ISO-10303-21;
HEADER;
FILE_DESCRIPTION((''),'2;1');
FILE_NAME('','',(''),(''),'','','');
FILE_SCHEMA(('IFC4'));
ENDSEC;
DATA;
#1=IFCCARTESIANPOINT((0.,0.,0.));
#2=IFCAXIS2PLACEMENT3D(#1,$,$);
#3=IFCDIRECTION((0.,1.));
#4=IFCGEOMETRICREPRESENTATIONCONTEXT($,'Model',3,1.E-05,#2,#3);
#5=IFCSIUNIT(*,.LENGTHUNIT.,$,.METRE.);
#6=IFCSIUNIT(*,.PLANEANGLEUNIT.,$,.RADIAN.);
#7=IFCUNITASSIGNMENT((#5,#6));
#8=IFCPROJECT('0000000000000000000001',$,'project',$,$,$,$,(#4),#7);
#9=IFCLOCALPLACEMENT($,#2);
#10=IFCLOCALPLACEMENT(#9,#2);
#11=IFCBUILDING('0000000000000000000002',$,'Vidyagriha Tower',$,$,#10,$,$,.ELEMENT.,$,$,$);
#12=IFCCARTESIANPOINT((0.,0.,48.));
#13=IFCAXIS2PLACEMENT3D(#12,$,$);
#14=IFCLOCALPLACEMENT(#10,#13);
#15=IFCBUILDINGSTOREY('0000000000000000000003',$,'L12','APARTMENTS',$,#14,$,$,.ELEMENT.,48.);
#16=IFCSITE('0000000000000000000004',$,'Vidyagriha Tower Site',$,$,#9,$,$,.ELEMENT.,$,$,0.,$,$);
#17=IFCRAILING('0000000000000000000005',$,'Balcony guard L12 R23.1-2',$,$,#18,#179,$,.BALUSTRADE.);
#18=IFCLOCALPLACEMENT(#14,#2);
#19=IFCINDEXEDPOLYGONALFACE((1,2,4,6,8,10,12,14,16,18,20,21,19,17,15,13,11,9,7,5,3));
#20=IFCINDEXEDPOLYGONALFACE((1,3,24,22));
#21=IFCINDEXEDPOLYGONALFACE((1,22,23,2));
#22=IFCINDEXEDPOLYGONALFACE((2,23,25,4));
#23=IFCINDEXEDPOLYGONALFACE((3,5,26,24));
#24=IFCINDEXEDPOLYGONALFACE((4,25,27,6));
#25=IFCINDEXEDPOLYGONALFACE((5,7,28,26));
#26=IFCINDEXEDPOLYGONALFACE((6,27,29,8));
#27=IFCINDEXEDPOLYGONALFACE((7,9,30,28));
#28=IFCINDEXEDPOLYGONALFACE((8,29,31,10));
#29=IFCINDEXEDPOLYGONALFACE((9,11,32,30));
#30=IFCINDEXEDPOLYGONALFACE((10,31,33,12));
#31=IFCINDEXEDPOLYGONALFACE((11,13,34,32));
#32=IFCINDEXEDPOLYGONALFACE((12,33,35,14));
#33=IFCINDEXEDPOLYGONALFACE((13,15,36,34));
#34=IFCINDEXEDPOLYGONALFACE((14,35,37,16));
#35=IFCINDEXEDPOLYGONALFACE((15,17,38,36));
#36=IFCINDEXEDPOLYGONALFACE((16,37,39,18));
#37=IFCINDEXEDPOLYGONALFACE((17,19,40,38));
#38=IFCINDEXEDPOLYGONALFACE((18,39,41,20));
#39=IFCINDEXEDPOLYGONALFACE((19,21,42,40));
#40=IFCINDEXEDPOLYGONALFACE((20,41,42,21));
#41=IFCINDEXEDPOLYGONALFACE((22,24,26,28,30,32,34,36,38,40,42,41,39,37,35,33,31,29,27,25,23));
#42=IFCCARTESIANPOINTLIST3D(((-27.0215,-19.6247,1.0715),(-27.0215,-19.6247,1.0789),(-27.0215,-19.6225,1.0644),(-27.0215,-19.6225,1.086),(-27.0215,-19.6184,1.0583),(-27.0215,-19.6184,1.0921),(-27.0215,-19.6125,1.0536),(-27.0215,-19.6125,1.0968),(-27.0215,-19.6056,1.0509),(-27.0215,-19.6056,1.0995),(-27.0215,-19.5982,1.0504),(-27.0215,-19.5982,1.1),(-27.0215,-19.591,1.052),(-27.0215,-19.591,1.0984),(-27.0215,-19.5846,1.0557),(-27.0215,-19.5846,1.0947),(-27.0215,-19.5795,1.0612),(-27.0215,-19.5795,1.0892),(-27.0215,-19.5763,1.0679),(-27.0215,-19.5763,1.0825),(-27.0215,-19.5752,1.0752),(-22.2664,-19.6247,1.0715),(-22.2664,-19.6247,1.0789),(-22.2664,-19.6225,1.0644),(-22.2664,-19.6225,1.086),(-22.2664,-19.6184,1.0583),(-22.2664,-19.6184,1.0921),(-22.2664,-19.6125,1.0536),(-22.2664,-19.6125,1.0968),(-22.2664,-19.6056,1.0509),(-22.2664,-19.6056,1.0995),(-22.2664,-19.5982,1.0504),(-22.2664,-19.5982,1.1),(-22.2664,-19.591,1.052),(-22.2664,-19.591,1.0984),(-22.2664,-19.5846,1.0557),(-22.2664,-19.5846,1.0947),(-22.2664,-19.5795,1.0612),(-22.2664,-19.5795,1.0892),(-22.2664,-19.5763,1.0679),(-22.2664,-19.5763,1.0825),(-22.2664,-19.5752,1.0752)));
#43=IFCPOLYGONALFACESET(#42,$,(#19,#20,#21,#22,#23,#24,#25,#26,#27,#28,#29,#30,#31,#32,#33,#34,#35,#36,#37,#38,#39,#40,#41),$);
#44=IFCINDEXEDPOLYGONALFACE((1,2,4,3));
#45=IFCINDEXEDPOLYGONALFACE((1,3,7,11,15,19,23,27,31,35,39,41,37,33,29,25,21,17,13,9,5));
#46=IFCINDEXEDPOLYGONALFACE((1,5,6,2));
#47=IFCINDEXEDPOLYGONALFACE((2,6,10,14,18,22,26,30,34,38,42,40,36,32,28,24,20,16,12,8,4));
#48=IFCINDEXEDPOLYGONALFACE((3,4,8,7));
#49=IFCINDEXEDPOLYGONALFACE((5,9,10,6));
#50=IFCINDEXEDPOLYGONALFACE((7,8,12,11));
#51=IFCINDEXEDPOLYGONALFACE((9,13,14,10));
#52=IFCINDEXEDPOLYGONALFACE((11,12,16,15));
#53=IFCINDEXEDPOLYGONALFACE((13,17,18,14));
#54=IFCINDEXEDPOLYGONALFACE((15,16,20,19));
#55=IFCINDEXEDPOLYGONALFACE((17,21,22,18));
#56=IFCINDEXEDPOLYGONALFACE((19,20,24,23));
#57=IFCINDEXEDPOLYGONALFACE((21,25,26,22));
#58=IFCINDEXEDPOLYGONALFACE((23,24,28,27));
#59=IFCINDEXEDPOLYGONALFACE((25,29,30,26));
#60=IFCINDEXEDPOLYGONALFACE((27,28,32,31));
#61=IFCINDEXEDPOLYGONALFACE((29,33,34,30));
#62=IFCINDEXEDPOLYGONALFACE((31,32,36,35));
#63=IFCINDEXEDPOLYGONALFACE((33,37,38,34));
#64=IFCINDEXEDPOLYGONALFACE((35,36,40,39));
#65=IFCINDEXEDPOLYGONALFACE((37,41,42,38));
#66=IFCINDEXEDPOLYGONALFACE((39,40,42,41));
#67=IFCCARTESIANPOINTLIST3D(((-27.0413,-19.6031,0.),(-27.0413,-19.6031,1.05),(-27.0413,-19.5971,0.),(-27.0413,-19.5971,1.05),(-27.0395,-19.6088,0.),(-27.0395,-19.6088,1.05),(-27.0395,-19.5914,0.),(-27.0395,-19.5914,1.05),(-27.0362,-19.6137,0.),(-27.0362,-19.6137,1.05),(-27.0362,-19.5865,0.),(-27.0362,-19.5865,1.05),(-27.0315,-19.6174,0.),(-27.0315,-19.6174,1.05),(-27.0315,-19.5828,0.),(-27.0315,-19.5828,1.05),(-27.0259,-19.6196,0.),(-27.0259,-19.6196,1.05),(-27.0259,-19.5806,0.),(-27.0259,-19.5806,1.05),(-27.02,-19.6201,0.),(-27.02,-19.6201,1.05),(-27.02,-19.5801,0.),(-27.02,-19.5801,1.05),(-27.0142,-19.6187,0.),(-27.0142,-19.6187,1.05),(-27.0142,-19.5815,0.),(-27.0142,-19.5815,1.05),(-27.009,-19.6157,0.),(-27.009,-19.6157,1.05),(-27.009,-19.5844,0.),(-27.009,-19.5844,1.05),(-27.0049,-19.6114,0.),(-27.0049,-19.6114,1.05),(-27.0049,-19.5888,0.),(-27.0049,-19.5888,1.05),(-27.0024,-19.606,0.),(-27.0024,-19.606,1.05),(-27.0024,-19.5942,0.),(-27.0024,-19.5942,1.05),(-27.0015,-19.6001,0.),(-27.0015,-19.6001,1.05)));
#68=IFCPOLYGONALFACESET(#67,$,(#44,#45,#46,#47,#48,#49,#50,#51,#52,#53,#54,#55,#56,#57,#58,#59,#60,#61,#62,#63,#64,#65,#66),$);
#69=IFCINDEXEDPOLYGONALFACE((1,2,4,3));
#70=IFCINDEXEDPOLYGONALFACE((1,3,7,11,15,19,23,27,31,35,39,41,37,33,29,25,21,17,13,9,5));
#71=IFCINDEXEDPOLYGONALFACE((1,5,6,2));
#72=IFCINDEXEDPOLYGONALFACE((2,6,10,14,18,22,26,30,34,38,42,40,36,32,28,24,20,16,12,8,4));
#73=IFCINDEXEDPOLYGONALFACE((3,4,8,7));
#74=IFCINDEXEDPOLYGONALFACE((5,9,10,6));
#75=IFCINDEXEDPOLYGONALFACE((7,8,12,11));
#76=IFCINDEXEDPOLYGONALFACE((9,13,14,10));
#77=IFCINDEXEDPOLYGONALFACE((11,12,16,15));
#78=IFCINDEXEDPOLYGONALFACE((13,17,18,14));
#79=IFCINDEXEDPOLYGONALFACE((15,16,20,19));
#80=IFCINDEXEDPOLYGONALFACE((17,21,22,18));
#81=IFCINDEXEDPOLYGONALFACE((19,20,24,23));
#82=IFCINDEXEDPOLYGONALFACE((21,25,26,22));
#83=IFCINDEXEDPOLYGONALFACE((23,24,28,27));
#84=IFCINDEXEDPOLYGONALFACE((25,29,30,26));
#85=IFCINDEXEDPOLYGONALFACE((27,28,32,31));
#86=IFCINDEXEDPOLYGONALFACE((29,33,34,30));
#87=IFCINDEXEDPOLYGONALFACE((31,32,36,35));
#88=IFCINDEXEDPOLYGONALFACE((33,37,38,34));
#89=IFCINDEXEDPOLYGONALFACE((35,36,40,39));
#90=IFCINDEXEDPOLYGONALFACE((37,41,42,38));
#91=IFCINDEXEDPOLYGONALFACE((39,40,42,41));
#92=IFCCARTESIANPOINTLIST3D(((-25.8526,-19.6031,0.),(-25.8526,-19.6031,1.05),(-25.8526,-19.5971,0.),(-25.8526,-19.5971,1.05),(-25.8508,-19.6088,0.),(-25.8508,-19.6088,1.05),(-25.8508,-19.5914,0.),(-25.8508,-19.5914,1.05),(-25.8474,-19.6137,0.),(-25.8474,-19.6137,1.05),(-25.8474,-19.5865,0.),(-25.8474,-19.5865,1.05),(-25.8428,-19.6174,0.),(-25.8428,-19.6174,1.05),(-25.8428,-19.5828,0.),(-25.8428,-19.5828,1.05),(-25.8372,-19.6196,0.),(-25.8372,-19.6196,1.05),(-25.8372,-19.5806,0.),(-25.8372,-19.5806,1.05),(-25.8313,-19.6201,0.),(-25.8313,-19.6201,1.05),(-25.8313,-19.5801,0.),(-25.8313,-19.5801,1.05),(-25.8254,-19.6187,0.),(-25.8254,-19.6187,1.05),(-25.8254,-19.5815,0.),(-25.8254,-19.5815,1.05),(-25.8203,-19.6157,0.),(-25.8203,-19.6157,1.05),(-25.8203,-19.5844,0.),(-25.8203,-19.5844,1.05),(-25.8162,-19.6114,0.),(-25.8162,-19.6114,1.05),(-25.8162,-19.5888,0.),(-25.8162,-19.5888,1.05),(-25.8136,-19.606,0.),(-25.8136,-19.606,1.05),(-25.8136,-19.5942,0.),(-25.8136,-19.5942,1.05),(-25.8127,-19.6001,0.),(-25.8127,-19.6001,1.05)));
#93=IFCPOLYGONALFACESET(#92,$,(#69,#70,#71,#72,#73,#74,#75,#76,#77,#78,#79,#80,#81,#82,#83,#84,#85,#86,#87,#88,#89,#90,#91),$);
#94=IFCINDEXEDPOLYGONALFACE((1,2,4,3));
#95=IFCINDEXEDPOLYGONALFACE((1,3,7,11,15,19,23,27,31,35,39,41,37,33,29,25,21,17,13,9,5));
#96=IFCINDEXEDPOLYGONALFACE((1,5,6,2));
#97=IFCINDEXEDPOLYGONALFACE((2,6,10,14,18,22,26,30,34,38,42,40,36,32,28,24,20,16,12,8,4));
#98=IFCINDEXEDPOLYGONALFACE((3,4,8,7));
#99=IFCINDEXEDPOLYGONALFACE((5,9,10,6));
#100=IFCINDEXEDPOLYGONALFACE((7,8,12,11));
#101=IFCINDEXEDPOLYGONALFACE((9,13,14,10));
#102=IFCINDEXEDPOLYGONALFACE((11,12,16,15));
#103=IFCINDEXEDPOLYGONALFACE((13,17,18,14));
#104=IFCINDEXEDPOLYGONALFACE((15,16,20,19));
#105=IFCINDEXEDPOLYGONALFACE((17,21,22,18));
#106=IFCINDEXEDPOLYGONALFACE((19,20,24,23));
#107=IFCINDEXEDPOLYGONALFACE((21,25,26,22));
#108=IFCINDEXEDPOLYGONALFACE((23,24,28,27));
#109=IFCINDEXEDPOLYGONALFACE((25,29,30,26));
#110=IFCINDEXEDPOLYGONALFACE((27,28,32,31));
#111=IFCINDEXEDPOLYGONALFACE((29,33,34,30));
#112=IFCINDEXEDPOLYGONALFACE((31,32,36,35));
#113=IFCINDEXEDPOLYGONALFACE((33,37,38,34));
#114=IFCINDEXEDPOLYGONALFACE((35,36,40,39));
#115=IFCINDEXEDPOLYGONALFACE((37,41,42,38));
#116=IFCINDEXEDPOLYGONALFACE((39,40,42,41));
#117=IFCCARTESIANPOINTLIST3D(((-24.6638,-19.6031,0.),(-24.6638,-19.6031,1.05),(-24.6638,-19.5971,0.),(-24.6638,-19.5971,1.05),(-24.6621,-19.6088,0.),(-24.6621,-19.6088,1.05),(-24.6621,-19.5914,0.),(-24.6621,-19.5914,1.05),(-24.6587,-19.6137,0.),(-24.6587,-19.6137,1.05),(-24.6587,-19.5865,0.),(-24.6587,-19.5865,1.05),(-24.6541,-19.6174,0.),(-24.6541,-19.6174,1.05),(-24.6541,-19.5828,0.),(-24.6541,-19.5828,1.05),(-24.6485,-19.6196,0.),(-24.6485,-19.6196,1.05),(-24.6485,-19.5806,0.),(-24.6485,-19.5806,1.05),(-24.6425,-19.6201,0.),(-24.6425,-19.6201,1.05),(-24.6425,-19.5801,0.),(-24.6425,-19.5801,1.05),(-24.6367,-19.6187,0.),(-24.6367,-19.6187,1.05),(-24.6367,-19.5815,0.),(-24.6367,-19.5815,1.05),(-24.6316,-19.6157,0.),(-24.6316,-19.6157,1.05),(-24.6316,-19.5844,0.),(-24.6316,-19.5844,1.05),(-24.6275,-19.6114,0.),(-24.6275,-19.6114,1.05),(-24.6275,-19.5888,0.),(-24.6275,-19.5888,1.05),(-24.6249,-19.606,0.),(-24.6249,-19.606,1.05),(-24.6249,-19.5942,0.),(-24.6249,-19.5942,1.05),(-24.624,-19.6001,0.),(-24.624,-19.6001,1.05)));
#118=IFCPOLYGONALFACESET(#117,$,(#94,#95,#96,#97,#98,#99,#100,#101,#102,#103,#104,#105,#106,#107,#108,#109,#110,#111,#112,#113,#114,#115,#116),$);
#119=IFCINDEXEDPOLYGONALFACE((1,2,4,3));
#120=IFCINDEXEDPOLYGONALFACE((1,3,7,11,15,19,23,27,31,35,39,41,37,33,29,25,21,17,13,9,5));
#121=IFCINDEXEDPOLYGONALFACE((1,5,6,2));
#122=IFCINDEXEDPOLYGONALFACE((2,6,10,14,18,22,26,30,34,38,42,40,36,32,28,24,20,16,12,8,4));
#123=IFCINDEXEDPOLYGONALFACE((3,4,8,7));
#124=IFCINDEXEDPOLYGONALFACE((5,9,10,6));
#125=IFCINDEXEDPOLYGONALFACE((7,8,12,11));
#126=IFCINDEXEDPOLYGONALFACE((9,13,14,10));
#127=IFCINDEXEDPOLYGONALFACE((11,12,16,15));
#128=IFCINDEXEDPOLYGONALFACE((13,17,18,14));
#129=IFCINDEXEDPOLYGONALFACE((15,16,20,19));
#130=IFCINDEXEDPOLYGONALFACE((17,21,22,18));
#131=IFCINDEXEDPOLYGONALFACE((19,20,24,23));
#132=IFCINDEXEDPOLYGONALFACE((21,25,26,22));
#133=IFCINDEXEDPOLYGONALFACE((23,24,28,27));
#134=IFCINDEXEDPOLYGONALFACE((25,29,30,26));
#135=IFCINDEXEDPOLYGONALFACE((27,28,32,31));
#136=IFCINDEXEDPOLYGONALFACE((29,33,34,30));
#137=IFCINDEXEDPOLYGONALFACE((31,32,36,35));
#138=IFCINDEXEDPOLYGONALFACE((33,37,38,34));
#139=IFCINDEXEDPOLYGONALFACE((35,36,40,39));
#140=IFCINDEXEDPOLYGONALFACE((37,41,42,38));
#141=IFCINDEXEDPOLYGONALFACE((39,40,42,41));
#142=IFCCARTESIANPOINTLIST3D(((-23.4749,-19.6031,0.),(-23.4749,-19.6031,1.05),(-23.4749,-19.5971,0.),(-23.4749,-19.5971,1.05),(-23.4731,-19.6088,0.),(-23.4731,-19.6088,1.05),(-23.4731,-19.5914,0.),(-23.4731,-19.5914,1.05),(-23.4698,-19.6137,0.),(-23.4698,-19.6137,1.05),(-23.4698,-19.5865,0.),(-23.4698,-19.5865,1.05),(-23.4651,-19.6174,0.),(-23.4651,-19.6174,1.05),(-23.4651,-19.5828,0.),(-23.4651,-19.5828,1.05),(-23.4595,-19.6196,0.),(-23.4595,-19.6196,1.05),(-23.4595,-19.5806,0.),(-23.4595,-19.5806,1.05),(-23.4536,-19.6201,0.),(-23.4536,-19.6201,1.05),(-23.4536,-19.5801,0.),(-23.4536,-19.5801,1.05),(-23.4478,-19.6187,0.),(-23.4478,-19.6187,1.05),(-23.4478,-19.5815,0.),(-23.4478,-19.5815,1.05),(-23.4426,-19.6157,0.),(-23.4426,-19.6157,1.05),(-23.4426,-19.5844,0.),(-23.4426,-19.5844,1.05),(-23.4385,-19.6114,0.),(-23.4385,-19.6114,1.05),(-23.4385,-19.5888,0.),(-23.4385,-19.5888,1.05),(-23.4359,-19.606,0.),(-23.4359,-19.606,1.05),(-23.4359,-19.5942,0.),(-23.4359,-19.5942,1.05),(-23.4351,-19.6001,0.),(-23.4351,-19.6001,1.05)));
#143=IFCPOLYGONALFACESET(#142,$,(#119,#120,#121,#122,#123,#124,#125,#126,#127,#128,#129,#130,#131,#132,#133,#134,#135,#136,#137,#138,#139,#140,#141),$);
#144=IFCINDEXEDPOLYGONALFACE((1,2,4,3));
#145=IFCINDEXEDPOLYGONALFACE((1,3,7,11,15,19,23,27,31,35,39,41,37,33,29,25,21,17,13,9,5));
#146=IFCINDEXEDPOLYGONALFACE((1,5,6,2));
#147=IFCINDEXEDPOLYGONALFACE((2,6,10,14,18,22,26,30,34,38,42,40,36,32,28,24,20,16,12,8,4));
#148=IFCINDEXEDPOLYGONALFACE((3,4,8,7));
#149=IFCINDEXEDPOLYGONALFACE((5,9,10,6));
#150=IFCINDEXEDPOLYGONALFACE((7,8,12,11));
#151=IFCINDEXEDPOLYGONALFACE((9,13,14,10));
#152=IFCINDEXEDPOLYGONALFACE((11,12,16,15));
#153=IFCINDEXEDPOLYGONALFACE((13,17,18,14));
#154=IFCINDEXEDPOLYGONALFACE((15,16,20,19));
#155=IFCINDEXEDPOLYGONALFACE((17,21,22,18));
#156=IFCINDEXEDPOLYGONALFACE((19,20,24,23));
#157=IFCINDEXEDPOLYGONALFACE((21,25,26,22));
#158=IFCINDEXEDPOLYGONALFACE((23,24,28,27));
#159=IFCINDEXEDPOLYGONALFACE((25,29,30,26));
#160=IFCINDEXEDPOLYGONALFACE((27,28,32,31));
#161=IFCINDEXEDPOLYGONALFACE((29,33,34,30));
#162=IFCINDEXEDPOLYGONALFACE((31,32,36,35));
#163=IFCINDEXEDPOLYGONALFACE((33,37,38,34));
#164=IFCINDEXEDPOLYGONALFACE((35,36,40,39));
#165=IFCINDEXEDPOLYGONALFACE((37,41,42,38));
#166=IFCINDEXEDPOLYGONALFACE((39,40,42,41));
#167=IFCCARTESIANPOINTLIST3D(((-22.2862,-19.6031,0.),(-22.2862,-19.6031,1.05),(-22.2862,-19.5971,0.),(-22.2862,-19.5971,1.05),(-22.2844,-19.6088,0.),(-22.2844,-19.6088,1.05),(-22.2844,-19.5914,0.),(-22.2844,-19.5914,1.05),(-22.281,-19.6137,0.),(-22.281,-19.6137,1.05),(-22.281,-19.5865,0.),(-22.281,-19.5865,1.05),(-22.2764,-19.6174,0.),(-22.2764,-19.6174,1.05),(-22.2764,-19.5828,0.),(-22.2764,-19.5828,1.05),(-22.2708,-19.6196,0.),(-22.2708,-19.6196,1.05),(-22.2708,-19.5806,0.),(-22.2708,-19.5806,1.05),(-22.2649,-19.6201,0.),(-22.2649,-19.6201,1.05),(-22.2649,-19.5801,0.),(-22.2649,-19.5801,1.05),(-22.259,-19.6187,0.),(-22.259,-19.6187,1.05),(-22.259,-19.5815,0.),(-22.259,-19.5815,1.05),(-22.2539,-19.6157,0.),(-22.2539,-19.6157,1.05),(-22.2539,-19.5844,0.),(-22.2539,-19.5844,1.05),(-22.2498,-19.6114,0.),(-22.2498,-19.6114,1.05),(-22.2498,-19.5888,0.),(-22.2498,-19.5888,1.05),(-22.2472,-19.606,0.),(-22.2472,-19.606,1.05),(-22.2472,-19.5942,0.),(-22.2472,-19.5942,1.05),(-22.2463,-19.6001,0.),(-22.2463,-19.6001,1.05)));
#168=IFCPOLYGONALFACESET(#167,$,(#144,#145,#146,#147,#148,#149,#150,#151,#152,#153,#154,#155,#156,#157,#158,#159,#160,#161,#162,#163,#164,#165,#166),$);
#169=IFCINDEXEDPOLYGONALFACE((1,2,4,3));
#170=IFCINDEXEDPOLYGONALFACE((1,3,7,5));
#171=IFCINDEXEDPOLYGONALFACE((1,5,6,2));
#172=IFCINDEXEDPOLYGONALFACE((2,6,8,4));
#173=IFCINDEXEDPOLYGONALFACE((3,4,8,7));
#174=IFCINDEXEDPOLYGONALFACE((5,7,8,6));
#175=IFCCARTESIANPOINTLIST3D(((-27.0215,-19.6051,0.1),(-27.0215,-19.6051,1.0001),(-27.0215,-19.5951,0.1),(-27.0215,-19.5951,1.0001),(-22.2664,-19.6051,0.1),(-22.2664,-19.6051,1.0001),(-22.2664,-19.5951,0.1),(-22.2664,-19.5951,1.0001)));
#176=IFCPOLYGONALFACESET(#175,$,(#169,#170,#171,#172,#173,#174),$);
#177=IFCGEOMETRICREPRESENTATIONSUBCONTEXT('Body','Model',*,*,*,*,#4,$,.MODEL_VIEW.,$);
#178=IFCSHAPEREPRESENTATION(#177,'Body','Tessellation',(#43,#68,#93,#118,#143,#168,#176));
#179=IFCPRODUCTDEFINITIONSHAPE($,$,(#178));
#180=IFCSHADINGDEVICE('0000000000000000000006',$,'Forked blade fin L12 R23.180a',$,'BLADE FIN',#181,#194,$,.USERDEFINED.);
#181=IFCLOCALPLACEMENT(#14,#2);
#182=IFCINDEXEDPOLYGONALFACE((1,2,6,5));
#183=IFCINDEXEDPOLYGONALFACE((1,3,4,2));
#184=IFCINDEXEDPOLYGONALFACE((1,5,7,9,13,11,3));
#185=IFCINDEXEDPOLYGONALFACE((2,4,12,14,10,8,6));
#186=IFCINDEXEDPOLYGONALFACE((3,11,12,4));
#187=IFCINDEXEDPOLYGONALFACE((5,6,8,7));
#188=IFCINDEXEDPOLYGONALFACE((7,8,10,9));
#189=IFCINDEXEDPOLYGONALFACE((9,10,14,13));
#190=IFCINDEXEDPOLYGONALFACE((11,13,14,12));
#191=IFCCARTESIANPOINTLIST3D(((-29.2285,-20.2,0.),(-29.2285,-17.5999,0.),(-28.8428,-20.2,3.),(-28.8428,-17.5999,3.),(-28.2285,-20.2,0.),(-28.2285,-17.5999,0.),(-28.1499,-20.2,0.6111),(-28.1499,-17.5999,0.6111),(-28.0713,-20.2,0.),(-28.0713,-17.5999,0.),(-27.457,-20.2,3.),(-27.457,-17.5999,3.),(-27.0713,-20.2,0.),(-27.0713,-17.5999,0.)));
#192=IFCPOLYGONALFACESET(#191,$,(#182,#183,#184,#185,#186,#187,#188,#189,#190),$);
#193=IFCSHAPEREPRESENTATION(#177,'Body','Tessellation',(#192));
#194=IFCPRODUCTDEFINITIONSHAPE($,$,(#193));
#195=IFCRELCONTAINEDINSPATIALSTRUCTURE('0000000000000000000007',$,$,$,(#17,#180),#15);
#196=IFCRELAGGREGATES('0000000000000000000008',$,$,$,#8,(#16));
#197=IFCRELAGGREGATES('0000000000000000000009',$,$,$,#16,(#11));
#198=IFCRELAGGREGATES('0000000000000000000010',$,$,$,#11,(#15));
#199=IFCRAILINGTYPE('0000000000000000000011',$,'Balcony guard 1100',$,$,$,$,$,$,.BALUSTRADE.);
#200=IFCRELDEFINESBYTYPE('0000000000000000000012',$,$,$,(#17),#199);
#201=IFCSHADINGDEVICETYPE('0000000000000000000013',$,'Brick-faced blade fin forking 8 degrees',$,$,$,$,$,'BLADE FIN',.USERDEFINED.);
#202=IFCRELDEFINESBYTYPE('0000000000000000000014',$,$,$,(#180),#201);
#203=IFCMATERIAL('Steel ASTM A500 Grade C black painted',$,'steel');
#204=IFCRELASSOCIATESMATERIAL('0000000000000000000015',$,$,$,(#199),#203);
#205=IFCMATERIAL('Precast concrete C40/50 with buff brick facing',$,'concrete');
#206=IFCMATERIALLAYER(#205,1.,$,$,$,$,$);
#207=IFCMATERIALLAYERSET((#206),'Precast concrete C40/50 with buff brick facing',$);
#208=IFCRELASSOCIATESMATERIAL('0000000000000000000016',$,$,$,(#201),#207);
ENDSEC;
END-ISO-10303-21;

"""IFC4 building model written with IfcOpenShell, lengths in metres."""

from ifc_helpers import new_model, si_unit, direction, frame, origin, origin_2d, place, context, subcontext, project, spatial, polyline, rectangle, circle, outline, extrude, material, layer, layer_set, type_object, element, save


model = new_model("IFC4")

# Units and contexts
model_context = context("Model", 3, precision=1e-05, world=origin(), true_north=direction((0.0, 1.0)))
body_context = subcontext(model_context, "Body", "Model", "MODEL_VIEW")
ifc_project = project(units=[si_unit("LENGTHUNIT", "METRE"), si_unit("PLANEANGLEUNIT", "RADIAN")], contexts=[model_context])

# Site, building, storey
site_placement = place(None, origin())
site = spatial("IfcSite", under=ifc_project, at=site_placement, Name="Vidyagriha Tower Site", CompositionType="ELEMENT", RefElevation=0.0)
building_placement = place(site_placement, origin())
building = spatial("IfcBuilding", under=site, at=building_placement, Name="Vidyagriha Tower", CompositionType="ELEMENT")
storey_placement = place(building_placement, frame((0.0, 0.0, 48.0)))
storey = spatial("IfcBuildingStorey", under=building, at=storey_placement, Name="L12", Description="APARTMENTS", CompositionType="ELEMENT", Elevation=48.0)

# Railing
ifc_material_1 = material(Name="Steel ASTM A500 Grade C black painted", Category="steel")
railing_type_1 = type_object("IfcRailingType", Name="Balcony guard 1100", PredefinedType="BALUSTRADE", material=ifc_material_1)
railing_1_placement = place(storey_placement, frame((-27.0215, -19.6001, 0.0)))
element("IfcRailing", 1, at=railing_1_placement, inside=storey, type_object=railing_type_1, Name="Balcony guard L12 R23.1-2", PredefinedType="BALUSTRADE", context=body_context, shape_type="SweptSolid", body=[
    extrude(circle(Radius=0.0249, at=origin_2d()), frame((0.0, 0.0, 1.0752), z_axis=(1.0, 0.0, 0.0), x_axis=(0.0, 1.0, 0.0)), (0.0, 0.0, 1.0), 4.7551),
    extrude(circle(Radius=0.02, at=origin_2d()), origin(), (0.0, 0.0, 1.0), 1.05),
    extrude(circle(Radius=0.02, at=origin_2d()), frame((1.1887, 0.0, 0.0)), (0.0, 0.0, 1.0), 1.05),
    extrude(circle(Radius=0.02, at=origin_2d()), frame((2.3774, 0.0, 0.0)), (0.0, 0.0, 1.0), 1.05),
    extrude(circle(Radius=0.02, at=origin_2d()), frame((3.5664, 0.0, 0.0)), (0.0, 0.0, 1.0), 1.05),
    extrude(circle(Radius=0.02, at=origin_2d()), frame((4.7551, 0.0, 0.0)), (0.0, 0.0, 1.0), 1.05),
    extrude(rectangle(XDim=0.01, YDim=0.9001, at=origin_2d()), frame((0.0, 0.0, 0.55), z_axis=(1.0, 0.0, 0.0), x_axis=(0.0, 1.0, 0.0)), (0.0, 0.0, 1.0), 4.7551),
])

# Shading device
ifc_material_2 = material(Name="Precast concrete C40/50 with buff brick facing", Category="concrete")
ifc_layer_1 = layer(ifc_material_2, 1.0)
ifc_layer_set_1 = layer_set([ifc_layer_1], Name="Precast concrete C40/50 with buff brick facing")
shading_device_type = type_object("IfcShadingDeviceType", Name="Brick-faced blade fin forking 8 degrees", ElementType="BLADE FIN", PredefinedType="USERDEFINED", material=ifc_layer_set_1)
shading_device_placement = place(storey_placement, frame((-29.2285, -18.8999, 0.0)))
element("IfcShadingDevice", 2, at=shading_device_placement, inside=storey, type_object=shading_device_type, Name="Forked blade fin L12 R23.180a", ObjectType="BLADE FIN", PredefinedType="USERDEFINED", context=body_context, shape_type="SweptSolid", body=[
    extrude(outline(polyline([(1.0, 0.0), (1.0786, 0.6111), (1.1572, 0.0), (2.1572, 0.0), (1.7715, 3.0), (0.3857, 3.0), (0.0, 0.0), (1.0, 0.0)])), frame((0.0, 1.3, 0.0), z_axis=(0.0, -1.0, 0.0), x_axis=(1.0, 0.0, 0.0)), (0.0, 0.0, 1.0), 2.6001),
])

save(model, "model.ifc")
